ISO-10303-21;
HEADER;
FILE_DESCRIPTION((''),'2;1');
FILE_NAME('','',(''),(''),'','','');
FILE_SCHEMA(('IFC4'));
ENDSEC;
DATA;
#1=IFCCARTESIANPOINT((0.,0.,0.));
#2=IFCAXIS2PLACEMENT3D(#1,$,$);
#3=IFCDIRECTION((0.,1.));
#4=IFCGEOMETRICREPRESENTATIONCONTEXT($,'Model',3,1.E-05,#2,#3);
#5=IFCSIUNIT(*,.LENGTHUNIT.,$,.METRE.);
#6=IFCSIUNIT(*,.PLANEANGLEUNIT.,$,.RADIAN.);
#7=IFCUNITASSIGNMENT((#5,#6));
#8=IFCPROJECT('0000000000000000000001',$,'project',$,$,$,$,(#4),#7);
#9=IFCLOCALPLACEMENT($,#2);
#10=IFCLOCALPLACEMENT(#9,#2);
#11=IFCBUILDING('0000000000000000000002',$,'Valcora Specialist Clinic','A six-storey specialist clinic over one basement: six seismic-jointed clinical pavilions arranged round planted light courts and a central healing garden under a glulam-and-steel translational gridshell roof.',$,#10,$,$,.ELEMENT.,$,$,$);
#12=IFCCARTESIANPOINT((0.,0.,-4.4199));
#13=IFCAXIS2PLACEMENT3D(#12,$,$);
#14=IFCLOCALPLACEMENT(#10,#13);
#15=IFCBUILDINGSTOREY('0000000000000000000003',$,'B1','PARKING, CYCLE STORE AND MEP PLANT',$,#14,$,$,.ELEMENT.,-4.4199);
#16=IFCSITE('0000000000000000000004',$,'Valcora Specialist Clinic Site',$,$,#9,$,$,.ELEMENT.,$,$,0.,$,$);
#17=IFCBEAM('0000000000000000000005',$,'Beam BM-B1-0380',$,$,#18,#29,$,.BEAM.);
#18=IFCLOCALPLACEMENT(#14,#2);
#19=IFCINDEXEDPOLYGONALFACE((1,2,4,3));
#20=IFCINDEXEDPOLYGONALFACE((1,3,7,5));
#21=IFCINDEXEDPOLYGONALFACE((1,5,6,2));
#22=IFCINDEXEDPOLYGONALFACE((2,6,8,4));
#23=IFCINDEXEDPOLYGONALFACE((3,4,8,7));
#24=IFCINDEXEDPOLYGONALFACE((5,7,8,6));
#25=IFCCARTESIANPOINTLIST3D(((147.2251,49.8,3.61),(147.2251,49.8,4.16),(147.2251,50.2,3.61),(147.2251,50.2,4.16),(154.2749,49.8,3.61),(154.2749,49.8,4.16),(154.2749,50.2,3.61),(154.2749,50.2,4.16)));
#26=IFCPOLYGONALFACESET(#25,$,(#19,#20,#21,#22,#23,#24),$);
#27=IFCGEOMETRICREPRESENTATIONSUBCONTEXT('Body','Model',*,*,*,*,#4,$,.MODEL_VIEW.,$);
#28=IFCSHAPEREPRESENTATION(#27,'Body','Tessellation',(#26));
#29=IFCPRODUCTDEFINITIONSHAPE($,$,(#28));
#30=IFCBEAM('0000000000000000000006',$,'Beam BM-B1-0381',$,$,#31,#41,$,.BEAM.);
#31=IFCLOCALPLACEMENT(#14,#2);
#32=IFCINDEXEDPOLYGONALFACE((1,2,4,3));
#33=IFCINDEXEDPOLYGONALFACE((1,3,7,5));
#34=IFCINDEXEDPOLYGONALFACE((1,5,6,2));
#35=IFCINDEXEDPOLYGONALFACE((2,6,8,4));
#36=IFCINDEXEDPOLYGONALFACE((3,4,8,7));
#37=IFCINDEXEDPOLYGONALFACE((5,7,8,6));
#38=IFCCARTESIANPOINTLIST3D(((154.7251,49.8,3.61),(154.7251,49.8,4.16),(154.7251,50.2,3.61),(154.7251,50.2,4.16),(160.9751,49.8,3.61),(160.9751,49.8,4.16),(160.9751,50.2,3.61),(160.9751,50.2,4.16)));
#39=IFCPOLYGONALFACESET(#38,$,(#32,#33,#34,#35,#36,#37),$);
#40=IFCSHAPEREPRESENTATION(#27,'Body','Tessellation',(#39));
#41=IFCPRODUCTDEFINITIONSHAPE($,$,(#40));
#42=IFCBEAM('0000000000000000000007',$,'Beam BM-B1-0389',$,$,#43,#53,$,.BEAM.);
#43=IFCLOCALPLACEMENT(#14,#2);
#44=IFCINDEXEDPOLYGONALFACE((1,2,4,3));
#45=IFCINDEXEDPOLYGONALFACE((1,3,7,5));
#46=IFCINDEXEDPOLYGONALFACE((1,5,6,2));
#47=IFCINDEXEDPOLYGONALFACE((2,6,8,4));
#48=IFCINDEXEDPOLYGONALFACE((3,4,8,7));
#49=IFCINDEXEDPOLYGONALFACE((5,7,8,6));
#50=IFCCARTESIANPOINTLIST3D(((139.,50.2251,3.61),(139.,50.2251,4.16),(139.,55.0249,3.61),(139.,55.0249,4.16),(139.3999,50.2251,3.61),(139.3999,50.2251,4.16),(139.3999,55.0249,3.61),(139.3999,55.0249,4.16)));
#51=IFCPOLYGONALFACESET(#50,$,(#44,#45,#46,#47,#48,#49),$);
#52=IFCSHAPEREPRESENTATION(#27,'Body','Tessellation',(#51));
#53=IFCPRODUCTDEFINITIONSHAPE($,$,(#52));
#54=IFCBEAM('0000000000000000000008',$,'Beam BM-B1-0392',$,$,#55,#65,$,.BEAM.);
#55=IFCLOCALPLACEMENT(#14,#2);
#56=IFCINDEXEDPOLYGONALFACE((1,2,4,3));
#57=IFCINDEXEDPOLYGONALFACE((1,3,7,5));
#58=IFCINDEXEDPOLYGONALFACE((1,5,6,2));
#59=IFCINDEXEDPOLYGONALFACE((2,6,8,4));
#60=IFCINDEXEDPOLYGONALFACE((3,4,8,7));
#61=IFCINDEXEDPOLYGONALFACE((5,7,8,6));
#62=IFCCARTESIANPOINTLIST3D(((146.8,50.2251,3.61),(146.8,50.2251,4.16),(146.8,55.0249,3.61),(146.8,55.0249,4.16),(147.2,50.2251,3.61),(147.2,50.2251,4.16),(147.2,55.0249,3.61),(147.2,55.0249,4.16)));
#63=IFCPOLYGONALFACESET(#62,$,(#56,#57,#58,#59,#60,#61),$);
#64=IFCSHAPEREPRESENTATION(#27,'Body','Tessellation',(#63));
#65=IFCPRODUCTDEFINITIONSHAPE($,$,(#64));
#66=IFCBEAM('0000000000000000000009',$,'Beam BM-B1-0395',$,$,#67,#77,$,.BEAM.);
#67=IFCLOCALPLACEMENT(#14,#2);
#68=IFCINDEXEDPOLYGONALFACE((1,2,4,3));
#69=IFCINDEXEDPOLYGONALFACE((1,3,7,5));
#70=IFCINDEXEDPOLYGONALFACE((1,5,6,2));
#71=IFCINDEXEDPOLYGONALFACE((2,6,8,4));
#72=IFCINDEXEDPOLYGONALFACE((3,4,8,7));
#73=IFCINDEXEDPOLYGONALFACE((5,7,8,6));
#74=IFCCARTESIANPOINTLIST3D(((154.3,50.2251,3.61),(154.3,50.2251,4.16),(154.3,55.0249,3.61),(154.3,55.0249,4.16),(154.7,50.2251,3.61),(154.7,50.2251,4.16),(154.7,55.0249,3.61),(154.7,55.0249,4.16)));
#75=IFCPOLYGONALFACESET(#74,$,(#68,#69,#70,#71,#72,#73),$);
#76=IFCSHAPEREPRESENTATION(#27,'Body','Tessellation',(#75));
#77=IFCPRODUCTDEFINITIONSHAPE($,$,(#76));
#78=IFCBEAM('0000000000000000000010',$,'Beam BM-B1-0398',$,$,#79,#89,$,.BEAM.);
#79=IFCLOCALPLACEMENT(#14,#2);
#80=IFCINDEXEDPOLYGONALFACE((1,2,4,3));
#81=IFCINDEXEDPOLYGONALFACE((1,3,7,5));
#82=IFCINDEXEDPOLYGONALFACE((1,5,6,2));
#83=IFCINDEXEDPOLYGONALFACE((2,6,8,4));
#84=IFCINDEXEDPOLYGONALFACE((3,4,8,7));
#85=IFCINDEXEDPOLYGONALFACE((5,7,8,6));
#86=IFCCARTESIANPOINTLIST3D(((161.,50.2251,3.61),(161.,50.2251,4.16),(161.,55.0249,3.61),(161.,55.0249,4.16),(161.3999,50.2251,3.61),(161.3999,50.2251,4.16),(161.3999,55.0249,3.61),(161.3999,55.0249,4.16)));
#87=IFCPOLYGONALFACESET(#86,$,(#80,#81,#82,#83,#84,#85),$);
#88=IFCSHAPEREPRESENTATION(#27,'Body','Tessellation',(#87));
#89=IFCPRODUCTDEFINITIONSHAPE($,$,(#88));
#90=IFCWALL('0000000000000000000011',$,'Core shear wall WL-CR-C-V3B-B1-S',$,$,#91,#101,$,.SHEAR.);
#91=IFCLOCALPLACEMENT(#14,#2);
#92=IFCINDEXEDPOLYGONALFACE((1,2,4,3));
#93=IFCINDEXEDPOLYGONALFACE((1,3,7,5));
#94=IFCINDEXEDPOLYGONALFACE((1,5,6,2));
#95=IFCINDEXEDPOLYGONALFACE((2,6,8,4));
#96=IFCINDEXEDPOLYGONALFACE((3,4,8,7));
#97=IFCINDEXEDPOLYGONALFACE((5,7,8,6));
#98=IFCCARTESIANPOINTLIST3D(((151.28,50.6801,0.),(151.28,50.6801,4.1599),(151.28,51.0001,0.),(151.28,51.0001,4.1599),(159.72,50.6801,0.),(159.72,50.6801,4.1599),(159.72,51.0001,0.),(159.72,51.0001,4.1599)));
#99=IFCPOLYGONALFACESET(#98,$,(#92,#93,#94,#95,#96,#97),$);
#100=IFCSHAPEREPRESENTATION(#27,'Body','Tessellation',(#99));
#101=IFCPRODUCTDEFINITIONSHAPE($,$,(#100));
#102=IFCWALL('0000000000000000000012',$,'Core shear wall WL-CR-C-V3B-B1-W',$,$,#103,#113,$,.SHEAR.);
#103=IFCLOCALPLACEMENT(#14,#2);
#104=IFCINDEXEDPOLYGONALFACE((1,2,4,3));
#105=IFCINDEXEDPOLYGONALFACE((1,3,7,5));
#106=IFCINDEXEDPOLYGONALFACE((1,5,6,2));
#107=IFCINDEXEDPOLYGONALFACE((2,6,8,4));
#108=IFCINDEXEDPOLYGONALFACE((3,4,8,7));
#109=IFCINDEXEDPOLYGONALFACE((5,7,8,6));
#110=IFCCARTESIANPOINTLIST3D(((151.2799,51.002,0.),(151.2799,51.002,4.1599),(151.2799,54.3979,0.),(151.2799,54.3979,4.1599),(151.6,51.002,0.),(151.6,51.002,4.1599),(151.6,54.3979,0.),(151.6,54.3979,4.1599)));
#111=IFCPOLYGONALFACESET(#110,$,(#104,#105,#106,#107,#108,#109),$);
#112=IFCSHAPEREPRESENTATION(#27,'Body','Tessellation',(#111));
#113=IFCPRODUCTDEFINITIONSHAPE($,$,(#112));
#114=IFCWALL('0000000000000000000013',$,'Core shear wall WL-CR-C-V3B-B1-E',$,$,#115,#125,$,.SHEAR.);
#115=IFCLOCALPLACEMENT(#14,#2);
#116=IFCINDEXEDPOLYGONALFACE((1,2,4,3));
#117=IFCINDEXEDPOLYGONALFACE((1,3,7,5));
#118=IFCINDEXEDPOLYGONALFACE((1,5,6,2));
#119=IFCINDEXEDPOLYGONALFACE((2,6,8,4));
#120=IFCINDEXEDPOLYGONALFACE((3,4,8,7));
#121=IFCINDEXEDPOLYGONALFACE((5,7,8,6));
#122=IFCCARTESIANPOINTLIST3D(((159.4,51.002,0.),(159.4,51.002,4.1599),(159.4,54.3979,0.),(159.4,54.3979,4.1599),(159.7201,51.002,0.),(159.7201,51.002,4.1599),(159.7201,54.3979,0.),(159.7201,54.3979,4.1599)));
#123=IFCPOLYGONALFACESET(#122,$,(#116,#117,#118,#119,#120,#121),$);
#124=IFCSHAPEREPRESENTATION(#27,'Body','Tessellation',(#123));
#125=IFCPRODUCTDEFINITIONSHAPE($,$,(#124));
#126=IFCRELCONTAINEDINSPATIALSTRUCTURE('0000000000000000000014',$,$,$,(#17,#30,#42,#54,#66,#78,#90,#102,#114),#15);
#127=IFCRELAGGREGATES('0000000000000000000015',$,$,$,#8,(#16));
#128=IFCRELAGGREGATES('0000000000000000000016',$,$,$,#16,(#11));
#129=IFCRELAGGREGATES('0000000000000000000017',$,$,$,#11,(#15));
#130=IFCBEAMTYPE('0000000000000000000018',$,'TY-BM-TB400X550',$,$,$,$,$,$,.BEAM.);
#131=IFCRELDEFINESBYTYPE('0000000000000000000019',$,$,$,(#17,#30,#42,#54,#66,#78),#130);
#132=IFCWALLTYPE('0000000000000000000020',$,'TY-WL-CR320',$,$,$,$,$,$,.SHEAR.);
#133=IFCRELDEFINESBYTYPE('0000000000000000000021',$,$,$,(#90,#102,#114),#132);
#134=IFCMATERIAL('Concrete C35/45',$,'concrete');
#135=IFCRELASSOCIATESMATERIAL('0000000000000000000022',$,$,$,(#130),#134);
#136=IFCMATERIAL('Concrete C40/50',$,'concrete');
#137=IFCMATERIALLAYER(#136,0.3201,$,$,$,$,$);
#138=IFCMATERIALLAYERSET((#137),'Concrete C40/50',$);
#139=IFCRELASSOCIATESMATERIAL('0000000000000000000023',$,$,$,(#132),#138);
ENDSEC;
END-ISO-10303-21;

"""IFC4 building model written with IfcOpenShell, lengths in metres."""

from ifc_helpers import new_model, si_unit, direction, frame, frame_2d, origin, origin_2d, place, context, subcontext, project, spatial, rectangle, extrude, material, layer, layer_set, material_profile, profile_set, type_object, element, save


model = new_model("IFC4")

# Units and contexts
model_context = context("Model", 3, precision=1e-05, world=origin(), true_north=direction((0.0, 1.0)))
body_context = subcontext(model_context, "Body", "Model", "MODEL_VIEW")
ifc_project = project(units=[si_unit("LENGTHUNIT", "METRE"), si_unit("PLANEANGLEUNIT", "RADIAN")], contexts=[model_context])

# Site, building, storey
site_placement = place(None, origin())
site = spatial("IfcSite", under=ifc_project, at=site_placement, Name="Valcora Specialist Clinic Site", CompositionType="ELEMENT", RefElevation=0.0)
building_placement = place(site_placement, origin())
building = spatial("IfcBuilding", under=site, at=building_placement, Name="Valcora Specialist Clinic", Description="A six-storey specialist clinic over one basement: six seismic-jointed clinical pavilions arranged round planted light courts and a central healing garden under a glulam-and-steel translational gridshell roof.", CompositionType="ELEMENT")
storey_placement = place(building_placement, frame((0.0, 0.0, -4.4199)))
storey = spatial("IfcBuildingStorey", under=building, at=storey_placement, Name="B1", Description="PARKING, CYCLE STORE AND MEP PLANT", CompositionType="ELEMENT", Elevation=-4.4199)

# Shared definitions
ifc_material_1 = material(Name="Concrete C35/45", Category="concrete")

# Shared definitions
ifc_material_2 = material(Name="Concrete C40/50", Category="concrete")

# Beams
ifc_material_profile_1 = material_profile(ifc_material_1, rectangle(XDim=0.3999, YDim=0.55, at=origin_2d()), Name="RC-TB-400X550")
ifc_profile_set_1 = profile_set([ifc_material_profile_1], Name="Concrete C35/45")
beam_type = type_object("IfcBeamType", Name="TY-BM-TB400X550", PredefinedType="BEAM", material=ifc_profile_set_1)
beam_1_placement = place(storey_placement, frame((147.2251, 50.0, 3.885), z_axis=(1.0, 0.0, 0.0), x_axis=(0.0, 1.0, 0.0)))
element("IfcBeam", 1, at=beam_1_placement, inside=storey, type_object=beam_type, Name="Beam BM-B1-0380", PredefinedType="BEAM", context=body_context, shape_type="SweptSolid", body=[
    extrude(rectangle(XDim=0.3999, YDim=0.55, at=origin_2d()), origin(), (0.0, 0.0, 1.0), 7.0498),
])
beam_2_placement = place(storey_placement, frame((154.7251, 50.0, 3.885), z_axis=(1.0, 0.0, 0.0), x_axis=(0.0, 1.0, 0.0)))
element("IfcBeam", 2, at=beam_2_placement, inside=storey, type_object=beam_type, Name="Beam BM-B1-0381", PredefinedType="BEAM", context=body_context, shape_type="SweptSolid", body=[
    extrude(rectangle(XDim=0.3999, YDim=0.55, at=origin_2d()), origin(), (0.0, 0.0, 1.0), 6.25),
])
for number, where, z_axis, x_axis, name in (
    (3, (139.2, 50.2251, 3.885), (0.0, 1.0, 0.0), (-1.0, 0.0, 0.0), "Beam BM-B1-0389"),
    (4, (147.0, 50.2251, 3.885), (0.0, 1.0, 0.0), (-1.0, 0.0, 0.0), "Beam BM-B1-0392"),
    (5, (154.5, 50.2251, 3.885), (0.0, 1.0, 0.0), (-1.0, 0.0, 0.0), "Beam BM-B1-0395"),
    (6, (161.2, 50.2251, 3.885), (0.0, 1.0, 0.0), (-1.0, 0.0, 0.0), "Beam BM-B1-0398"),
):
    element("IfcBeam", number, at=place(storey_placement, frame(where, z_axis=z_axis, x_axis=x_axis)), inside=storey, type_object=beam_type, Name=name, PredefinedType="BEAM", context=body_context, shape_type="SweptSolid", body=[
        extrude(rectangle(XDim=0.3999, YDim=0.55, at=origin_2d()), origin(), (0.0, 0.0, 1.0), 4.7998),
    ])

# Walls
ifc_layer = layer(ifc_material_2, 0.3201)
ifc_layer_set = layer_set([ifc_layer], Name="Concrete C40/50")
wall_type = type_object("IfcWallType", Name="TY-WL-CR320", PredefinedType="SHEAR", material=ifc_layer_set)
wall_placement = place(storey_placement, frame((151.28, 50.8401, 0.0), z_axis=(0.0, 0.0, 1.0), x_axis=(1.0, 0.0, 0.0)))
element("IfcWall", 7, at=wall_placement, inside=storey, type_object=wall_type, Name="Core shear wall WL-CR-C-V3B-B1-S", PredefinedType="SHEAR", context=body_context, shape_type="SweptSolid", body=[
    extrude(rectangle(XDim=8.4399, YDim=0.3201, at=frame_2d((4.22, 0.0))), origin(), (0.0, 0.0, 1.0), 4.1599),
])
for number, where, z_axis, x_axis, name in (
    (8, (151.4399, 51.002, 0.0), (0.0, 0.0, 1.0), (0.0, 1.0, 0.0), "Core shear wall WL-CR-C-V3B-B1-W"),
    (9, (159.5601, 51.002, 0.0), (0.0, 0.0, 1.0), (0.0, 1.0, 0.0), "Core shear wall WL-CR-C-V3B-B1-E"),
):
    element("IfcWall", number, at=place(storey_placement, frame(where, z_axis=z_axis, x_axis=x_axis)), inside=storey, type_object=wall_type, Name=name, PredefinedType="SHEAR", context=body_context, shape_type="SweptSolid", body=[
        extrude(rectangle(XDim=3.396, YDim=0.3201, at=frame_2d((1.698, 0.0))), origin(), (0.0, 0.0, 1.0), 4.1599),
    ])

save(model, "model.ifc")
